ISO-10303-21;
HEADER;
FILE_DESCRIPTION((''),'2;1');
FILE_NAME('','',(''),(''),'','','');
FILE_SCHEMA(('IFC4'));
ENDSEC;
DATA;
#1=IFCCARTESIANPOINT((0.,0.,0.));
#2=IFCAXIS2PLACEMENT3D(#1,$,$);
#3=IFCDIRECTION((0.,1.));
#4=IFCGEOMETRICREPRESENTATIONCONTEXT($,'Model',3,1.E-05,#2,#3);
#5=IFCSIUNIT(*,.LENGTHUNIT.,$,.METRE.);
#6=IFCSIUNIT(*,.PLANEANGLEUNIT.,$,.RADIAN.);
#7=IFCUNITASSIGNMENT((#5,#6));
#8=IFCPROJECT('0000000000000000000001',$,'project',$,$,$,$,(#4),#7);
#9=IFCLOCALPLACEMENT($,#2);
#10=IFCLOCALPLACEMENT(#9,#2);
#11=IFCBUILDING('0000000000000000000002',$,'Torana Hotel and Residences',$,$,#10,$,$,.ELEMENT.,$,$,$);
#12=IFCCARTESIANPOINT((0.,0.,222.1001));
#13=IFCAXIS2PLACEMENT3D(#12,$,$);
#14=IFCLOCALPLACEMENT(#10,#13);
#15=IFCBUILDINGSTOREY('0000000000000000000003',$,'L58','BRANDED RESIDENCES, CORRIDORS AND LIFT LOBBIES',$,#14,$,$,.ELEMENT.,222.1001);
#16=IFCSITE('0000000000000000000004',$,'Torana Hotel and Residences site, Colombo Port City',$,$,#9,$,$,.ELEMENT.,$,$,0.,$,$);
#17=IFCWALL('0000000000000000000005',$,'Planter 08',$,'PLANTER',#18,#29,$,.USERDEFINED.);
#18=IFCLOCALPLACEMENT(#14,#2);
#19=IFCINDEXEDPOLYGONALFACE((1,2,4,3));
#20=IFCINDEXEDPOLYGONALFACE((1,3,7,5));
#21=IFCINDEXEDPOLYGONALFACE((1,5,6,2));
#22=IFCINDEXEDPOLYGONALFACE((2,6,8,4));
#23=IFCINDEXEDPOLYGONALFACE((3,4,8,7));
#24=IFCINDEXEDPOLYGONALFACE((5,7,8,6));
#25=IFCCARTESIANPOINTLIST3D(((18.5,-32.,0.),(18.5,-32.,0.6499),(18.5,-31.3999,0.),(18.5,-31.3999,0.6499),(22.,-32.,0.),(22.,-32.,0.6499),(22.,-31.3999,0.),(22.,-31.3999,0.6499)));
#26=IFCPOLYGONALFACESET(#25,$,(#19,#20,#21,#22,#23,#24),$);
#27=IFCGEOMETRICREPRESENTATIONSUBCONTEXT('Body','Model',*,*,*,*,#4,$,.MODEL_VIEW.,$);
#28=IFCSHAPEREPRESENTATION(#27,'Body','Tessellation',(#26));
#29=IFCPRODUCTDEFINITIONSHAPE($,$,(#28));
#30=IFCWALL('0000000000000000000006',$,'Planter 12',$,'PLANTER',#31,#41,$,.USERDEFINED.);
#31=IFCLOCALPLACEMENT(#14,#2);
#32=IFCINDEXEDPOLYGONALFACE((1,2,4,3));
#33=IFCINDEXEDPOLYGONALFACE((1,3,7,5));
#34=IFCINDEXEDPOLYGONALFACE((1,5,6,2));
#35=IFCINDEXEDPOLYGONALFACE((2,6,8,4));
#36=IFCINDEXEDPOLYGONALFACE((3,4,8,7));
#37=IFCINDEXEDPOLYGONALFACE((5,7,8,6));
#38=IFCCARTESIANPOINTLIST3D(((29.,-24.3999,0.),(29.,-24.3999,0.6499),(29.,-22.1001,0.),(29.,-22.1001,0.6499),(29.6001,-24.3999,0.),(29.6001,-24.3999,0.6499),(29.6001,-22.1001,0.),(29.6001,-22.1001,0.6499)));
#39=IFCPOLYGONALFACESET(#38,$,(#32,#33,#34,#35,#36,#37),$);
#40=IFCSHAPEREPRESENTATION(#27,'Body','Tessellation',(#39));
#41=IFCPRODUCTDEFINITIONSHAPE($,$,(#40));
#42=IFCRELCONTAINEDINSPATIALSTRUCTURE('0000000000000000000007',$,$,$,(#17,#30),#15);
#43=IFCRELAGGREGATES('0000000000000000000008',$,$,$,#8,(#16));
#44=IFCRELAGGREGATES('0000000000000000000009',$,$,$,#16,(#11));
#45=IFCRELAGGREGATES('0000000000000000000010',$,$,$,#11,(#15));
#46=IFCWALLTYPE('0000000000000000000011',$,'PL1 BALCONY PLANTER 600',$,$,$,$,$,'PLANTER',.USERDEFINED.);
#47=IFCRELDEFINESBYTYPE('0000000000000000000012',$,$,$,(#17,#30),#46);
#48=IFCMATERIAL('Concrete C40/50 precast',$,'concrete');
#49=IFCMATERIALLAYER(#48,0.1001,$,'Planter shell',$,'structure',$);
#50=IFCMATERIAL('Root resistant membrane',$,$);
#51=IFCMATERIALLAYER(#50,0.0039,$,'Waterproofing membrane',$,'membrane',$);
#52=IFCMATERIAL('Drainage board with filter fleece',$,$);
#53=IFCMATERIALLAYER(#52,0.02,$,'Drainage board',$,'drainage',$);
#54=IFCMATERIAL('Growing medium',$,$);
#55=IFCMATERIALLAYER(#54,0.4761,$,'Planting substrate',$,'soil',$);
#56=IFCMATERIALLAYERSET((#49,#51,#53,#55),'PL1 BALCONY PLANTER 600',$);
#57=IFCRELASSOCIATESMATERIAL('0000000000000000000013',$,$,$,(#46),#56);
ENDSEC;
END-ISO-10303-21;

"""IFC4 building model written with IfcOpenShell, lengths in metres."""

from ifc_helpers import new_model, si_unit, direction, frame, frame_2d, origin, place, context, subcontext, project, spatial, rectangle, extrude, material, layer, layer_set, type_object, element, save


model = new_model("IFC4")

# Units and contexts
model_context = context("Model", 3, precision=1e-05, world=origin(), true_north=direction((0.0, 1.0)))
body_context = subcontext(model_context, "Body", "Model", "MODEL_VIEW")
ifc_project = project(units=[si_unit("LENGTHUNIT", "METRE"), si_unit("PLANEANGLEUNIT", "RADIAN")], contexts=[model_context])

# Site, building, storey
site_placement = place(None, origin())
site = spatial("IfcSite", under=ifc_project, at=site_placement, Name="Torana Hotel and Residences site, Colombo Port City", CompositionType="ELEMENT", RefElevation=0.0)
building_placement = place(site_placement, origin())
building = spatial("IfcBuilding", under=site, at=building_placement, Name="Torana Hotel and Residences", CompositionType="ELEMENT")
storey_placement = place(building_placement, frame((0.0, 0.0, 222.1001)))
storey = spatial("IfcBuildingStorey", under=building, at=storey_placement, Name="L58", Description="BRANDED RESIDENCES, CORRIDORS AND LIFT LOBBIES", CompositionType="ELEMENT", Elevation=222.1001)

# Walls
ifc_material_1 = material(Name="Concrete C40/50 precast", Category="concrete")
ifc_layer_1 = layer(ifc_material_1, 0.1001, Name="Planter shell", Category="structure")
ifc_material_2 = material(Name="Root resistant membrane")
ifc_layer_2 = layer(ifc_material_2, 0.0039, Name="Waterproofing membrane", Category="membrane")
ifc_material_3 = material(Name="Drainage board with filter fleece")
ifc_layer_3 = layer(ifc_material_3, 0.02, Name="Drainage board", Category="drainage")
ifc_material_4 = material(Name="Growing medium")
ifc_layer_4 = layer(ifc_material_4, 0.4761, Name="Planting substrate", Category="soil")
ifc_layer_set_1 = layer_set([ifc_layer_1, ifc_layer_2, ifc_layer_3, ifc_layer_4], Name="PL1 BALCONY PLANTER 600")
wall_type_1 = type_object("IfcWallType", Name="PL1 BALCONY PLANTER 600", ElementType="PLANTER", PredefinedType="USERDEFINED", material=ifc_layer_set_1)
wall_1_placement = place(storey_placement, frame((22.0, -31.7, 0.0), z_axis=(0.0, 0.0, 1.0), x_axis=(-1.0, 0.0, 0.0)))
element("IfcWall", 1, at=wall_1_placement, inside=storey, type_object=wall_type_1, Name="Planter 08", ObjectType="PLANTER", PredefinedType="USERDEFINED", context=body_context, shape_type="SweptSolid", body=[
    extrude(rectangle(XDim=3.5, YDim=0.6001, at=frame_2d((1.75, 0.0))), origin(), (0.0, 0.0, 1.0), 0.6499),
])
wall_2_placement = place(storey_placement, frame((29.3, -22.1001, 0.0), z_axis=(0.0, 0.0, 1.0), x_axis=(0.0, -1.0, 0.0)))
element("IfcWall", 2, at=wall_2_placement, inside=storey, type_object=wall_type_1, Name="Planter 12", ObjectType="PLANTER", PredefinedType="USERDEFINED", context=body_context, shape_type="SweptSolid", body=[
    extrude(rectangle(XDim=2.2998, YDim=0.6001, at=frame_2d((1.1499, 0.0))), origin(), (0.0, 0.0, 1.0), 0.6499),
])

save(model, "model.ifc")
